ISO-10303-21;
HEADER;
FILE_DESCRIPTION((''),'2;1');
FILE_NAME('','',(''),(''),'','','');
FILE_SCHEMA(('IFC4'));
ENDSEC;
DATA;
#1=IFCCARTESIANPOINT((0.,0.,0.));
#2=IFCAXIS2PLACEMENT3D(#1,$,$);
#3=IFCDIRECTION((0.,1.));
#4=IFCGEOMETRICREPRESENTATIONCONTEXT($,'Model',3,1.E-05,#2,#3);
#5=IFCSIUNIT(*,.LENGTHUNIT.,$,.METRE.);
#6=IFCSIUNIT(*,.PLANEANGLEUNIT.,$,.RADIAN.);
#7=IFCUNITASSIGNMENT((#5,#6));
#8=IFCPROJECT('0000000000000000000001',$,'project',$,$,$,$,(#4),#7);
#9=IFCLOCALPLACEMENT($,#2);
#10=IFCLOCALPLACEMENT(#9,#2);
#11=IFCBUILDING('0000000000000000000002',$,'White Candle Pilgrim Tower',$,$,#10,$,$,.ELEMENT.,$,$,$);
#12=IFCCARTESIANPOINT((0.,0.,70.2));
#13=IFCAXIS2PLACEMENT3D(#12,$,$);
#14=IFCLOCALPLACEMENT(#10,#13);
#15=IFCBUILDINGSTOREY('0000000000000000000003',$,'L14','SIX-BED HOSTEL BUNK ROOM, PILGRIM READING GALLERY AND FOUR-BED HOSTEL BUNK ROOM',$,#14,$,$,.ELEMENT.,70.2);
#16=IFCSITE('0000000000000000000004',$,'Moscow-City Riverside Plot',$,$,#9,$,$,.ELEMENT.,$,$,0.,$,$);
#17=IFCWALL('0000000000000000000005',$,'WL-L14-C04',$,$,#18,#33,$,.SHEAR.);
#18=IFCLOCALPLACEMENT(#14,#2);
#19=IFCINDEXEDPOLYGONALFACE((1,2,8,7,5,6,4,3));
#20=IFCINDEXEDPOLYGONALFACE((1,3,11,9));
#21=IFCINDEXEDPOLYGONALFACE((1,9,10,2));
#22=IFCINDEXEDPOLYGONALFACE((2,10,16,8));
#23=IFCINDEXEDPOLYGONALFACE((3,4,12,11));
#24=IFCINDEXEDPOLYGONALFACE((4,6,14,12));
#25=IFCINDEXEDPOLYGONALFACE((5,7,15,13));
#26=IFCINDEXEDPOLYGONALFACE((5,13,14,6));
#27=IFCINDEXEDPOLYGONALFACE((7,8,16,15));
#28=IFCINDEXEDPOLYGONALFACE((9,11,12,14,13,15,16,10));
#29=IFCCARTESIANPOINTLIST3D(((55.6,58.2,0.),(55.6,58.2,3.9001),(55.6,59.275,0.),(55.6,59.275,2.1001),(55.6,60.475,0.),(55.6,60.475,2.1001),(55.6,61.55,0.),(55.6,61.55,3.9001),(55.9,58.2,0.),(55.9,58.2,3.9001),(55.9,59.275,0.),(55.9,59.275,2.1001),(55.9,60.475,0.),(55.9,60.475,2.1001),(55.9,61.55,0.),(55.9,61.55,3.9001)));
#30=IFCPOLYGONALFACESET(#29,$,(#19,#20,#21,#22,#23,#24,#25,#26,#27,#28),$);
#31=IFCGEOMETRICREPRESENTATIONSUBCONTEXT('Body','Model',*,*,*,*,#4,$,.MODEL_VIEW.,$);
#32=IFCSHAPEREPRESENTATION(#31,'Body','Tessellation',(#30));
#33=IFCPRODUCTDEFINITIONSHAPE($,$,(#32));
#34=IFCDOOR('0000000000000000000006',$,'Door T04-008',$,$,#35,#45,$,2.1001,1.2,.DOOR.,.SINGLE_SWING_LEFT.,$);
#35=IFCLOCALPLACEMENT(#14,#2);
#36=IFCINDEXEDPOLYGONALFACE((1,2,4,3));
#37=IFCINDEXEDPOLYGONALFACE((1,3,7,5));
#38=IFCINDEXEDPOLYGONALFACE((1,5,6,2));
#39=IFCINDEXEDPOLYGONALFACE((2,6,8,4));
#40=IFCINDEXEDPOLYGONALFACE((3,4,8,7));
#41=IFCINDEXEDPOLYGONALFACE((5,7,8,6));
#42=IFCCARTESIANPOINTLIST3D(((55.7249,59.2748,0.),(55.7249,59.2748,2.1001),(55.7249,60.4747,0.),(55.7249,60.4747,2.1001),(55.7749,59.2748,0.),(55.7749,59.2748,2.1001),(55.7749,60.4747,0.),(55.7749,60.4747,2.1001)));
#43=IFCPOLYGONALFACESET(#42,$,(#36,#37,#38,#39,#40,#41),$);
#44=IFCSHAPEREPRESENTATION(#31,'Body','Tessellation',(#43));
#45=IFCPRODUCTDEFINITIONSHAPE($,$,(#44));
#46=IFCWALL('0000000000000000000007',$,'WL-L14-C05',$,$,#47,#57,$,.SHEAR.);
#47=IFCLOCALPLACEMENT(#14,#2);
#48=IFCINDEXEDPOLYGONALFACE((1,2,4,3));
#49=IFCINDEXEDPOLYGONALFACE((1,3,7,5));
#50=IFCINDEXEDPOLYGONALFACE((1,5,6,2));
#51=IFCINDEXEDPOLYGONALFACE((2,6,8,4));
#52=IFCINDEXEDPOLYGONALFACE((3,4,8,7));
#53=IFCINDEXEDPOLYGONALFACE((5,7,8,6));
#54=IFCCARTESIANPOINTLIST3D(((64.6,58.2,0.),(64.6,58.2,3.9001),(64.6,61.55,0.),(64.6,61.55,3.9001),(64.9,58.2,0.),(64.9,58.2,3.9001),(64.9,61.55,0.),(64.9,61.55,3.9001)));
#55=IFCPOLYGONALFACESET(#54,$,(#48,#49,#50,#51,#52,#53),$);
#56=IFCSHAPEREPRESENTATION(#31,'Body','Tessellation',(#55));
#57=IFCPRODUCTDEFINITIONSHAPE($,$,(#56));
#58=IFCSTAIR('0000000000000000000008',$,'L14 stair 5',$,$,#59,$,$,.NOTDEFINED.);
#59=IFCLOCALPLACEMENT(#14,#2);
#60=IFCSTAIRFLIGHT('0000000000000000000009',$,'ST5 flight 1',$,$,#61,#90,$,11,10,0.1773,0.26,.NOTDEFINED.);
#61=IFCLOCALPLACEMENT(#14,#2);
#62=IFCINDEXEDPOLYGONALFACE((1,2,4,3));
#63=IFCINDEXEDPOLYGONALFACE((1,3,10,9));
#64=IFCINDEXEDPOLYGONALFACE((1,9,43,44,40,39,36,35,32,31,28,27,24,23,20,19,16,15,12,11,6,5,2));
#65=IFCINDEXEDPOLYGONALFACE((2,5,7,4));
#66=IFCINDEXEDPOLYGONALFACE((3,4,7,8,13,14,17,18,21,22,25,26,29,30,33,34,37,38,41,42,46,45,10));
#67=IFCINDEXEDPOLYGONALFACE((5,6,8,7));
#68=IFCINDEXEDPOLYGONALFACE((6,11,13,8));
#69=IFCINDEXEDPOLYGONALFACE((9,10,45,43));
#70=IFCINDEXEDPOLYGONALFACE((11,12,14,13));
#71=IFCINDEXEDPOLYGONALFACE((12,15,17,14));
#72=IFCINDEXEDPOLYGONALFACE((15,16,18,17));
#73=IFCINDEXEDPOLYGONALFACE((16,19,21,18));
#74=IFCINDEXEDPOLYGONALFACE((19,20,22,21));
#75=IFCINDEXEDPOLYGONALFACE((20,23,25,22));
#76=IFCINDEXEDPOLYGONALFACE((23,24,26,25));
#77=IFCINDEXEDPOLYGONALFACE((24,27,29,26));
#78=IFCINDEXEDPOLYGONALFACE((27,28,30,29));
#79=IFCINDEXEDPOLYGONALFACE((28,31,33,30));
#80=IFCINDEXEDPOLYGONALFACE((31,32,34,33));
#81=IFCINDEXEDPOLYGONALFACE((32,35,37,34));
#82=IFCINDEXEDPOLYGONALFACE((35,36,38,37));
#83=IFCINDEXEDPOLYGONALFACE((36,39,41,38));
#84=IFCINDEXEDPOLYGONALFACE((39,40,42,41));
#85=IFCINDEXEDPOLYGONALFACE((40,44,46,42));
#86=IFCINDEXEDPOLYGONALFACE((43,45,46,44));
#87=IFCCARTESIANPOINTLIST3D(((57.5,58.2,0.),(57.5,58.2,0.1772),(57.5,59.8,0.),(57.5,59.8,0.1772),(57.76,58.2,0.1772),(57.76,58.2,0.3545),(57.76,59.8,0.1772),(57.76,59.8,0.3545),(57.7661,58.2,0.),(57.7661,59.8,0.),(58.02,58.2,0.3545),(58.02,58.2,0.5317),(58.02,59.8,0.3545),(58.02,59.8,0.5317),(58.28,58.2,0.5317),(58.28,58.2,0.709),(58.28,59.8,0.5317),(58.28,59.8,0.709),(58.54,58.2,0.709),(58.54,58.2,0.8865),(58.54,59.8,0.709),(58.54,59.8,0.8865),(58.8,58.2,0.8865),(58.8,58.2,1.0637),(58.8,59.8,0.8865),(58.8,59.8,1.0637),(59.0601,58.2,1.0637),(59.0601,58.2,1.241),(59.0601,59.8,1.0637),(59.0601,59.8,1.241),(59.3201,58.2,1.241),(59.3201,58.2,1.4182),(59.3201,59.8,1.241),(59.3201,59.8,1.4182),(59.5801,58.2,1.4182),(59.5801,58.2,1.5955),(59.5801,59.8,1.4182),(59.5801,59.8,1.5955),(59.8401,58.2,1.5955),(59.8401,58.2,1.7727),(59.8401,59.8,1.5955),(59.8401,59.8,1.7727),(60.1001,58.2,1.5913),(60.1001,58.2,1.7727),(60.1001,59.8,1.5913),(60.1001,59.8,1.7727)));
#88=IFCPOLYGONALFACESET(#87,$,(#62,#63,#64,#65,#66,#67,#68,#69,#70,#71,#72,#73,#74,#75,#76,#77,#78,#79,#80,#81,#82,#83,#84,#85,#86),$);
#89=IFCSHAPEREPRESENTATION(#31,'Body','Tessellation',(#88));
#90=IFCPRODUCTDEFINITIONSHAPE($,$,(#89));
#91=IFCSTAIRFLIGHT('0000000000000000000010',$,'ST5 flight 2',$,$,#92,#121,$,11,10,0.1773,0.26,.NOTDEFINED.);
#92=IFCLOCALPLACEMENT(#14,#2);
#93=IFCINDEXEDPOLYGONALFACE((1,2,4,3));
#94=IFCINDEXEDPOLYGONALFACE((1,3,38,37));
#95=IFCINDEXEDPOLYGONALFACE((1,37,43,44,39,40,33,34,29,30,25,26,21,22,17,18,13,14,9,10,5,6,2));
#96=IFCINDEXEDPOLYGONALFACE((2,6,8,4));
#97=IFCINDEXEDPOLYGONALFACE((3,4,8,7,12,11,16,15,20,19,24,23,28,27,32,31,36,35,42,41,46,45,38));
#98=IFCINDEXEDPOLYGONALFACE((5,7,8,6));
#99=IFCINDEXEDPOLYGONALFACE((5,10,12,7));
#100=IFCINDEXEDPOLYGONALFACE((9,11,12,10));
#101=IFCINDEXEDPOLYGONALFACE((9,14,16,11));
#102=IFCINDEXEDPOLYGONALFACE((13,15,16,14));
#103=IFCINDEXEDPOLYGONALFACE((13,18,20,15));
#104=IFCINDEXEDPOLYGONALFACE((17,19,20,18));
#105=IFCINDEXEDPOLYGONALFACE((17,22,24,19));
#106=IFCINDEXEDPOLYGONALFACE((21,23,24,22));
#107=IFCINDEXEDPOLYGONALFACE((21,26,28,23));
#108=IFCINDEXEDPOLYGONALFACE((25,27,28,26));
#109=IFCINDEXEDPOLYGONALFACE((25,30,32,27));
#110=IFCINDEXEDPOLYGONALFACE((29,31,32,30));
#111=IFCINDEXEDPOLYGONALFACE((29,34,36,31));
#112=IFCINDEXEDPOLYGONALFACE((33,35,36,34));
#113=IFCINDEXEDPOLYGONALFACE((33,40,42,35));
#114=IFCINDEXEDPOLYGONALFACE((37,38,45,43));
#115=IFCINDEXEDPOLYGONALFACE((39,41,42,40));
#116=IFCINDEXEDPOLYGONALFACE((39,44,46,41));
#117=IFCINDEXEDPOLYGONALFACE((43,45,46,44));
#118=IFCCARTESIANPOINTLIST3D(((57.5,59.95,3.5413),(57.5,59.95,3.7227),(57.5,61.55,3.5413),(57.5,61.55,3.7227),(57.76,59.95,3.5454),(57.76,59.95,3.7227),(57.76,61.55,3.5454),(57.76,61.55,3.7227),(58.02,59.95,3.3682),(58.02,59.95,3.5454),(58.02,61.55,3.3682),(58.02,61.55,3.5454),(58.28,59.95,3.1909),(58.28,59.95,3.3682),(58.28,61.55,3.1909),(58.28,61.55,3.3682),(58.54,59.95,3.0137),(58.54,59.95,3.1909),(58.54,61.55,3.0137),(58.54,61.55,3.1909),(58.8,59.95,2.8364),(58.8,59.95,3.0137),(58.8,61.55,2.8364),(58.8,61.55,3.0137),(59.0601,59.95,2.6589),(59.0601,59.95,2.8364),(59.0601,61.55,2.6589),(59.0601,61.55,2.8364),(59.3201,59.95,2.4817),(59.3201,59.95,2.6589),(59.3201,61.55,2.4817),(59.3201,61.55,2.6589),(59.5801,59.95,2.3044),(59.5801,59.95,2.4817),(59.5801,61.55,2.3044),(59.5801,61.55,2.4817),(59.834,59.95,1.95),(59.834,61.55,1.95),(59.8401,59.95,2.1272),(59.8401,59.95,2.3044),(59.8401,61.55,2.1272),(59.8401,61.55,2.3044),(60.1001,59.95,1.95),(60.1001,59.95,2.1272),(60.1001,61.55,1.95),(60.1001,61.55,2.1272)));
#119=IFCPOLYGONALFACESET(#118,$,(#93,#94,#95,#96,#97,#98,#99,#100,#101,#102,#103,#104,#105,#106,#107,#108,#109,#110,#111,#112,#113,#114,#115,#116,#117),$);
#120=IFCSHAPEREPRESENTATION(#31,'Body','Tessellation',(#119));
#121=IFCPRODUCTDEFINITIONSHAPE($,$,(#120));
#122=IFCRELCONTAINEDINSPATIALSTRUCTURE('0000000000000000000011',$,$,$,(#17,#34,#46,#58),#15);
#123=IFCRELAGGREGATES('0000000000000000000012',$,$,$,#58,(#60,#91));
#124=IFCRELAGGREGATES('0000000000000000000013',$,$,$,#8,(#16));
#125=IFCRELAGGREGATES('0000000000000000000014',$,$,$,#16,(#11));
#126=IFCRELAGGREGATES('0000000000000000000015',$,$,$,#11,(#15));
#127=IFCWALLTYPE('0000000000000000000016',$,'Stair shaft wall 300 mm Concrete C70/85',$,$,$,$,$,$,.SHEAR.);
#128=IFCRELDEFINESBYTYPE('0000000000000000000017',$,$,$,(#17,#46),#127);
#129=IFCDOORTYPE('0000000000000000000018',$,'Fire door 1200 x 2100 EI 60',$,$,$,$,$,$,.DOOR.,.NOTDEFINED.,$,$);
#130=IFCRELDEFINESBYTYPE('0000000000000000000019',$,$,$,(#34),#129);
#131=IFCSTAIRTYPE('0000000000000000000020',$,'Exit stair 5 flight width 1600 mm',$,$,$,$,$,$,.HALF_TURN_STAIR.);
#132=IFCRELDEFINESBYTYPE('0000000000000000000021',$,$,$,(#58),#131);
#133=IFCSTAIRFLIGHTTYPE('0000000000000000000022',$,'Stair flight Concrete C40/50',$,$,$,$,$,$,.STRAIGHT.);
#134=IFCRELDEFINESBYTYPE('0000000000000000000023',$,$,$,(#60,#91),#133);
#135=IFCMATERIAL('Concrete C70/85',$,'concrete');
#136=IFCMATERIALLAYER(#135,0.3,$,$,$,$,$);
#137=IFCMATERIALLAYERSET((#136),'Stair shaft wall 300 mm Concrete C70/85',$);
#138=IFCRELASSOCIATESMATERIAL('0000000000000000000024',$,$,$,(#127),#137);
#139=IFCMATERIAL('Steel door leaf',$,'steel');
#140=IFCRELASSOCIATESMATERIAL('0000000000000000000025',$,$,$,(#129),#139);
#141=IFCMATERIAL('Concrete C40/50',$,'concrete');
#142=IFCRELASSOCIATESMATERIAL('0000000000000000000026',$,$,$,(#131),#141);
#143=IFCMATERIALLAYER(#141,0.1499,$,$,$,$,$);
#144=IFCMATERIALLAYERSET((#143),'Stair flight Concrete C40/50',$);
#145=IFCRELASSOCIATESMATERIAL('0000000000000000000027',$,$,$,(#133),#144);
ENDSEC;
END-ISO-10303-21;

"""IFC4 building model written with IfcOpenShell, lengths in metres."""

from ifc_helpers import new_model, si_unit, direction, frame, frame_2d, origin, place, context, subcontext, project, spatial, polyline, rectangle, outline, extrude, material, layer, layer_set, type_object, element, fill, aggregate, save


model = new_model("IFC4")

# Units and contexts
model_context = context("Model", 3, precision=1e-05, world=origin(), true_north=direction((0.0, 1.0)))
body_context = subcontext(model_context, "Body", "Model", "MODEL_VIEW")
ifc_project = project(units=[si_unit("LENGTHUNIT", "METRE"), si_unit("PLANEANGLEUNIT", "RADIAN")], contexts=[model_context])

# Site, building, storey
site_placement = place(None, origin())
site = spatial("IfcSite", under=ifc_project, at=site_placement, Name="Moscow-City Riverside Plot", CompositionType="ELEMENT", RefElevation=0.0)
building_placement = place(site_placement, origin())
building = spatial("IfcBuilding", under=site, at=building_placement, Name="White Candle Pilgrim Tower", CompositionType="ELEMENT")
storey_placement = place(building_placement, frame((0.0, 0.0, 70.2)))
storey = spatial("IfcBuildingStorey", under=building, at=storey_placement, Name="L14", Description="SIX-BED HOSTEL BUNK ROOM, PILGRIM READING GALLERY AND FOUR-BED HOSTEL BUNK ROOM", CompositionType="ELEMENT", Elevation=70.2)

# Shared definitions
ifc_material_1 = material(Name="Concrete C70/85", Category="concrete")

# Shared definitions
ifc_material_2 = material(Name="Steel door leaf", Category="steel")

# Wall, opening, door
ifc_layer_1 = layer(ifc_material_1, 0.3)
ifc_layer_set_1 = layer_set([ifc_layer_1], Name="Stair shaft wall 300 mm Concrete C70/85")
wall_type_1 = type_object("IfcWallType", Name="Stair shaft wall 300 mm Concrete C70/85", PredefinedType="SHEAR", material=ifc_layer_set_1)
wall_1_placement = place(storey_placement, frame((55.75, 58.2, 0.0), z_axis=(0.0, 0.0, 1.0), x_axis=(0.0, 1.0, 0.0)))
wall_1 = element("IfcWall", 1, at=wall_1_placement, inside=storey, type_object=wall_type_1, Name="WL-L14-C04", PredefinedType="SHEAR", context=body_context, shape_type="SweptSolid", body=[
    extrude(rectangle(XDim=3.3501, YDim=0.3, at=frame_2d((1.675, 0.0))), origin(), (0.0, 0.0, 1.0), 3.9001),
])
opening_1_placement = place(wall_1_placement, frame((1.075, 0.0, 0.0)))
opening_1 = element("IfcOpeningElement", 2, at=opening_1_placement, cuts=wall_1, PredefinedType="OPENING", context=body_context, shape_type="SweptSolid", body=[
    extrude(rectangle(XDim=1.2, YDim=2.1001, at=frame_2d((0.6001, 1.05))), frame((0.0, 0.1599, 0.0), z_axis=(0.0, -1.0, 0.0), x_axis=(1.0, 0.0, 0.0)), (0.0, 0.0, 1.0), 0.3201),
])
door_type_1 = type_object("IfcDoorType", Name="Fire door 1200 x 2100 EI 60", OperationType="NOTDEFINED", PredefinedType="DOOR", material=ifc_material_2)
door_1_placement = place(opening_1_placement, frame((1.2, 0.0, 0.0), z_axis=(0.0, 0.0, 1.0), x_axis=(-1.0, 0.0, 0.0)))
door_1 = element("IfcDoor", 3, at=door_1_placement, inside=storey, type_object=door_type_1, Name="Door T04-008", OperationType="SINGLE_SWING_LEFT", OverallHeight=2.1001, OverallWidth=1.2, PredefinedType="DOOR", context=body_context, shape_type="SweptSolid", body=[
    extrude(rectangle(XDim=1.2, YDim=2.1001, at=frame_2d((0.6001, 1.05))), frame((0.0, 0.0249, 0.0), z_axis=(0.0, -1.0, 0.0), x_axis=(1.0, 0.0, 0.0)), (0.0, 0.0, 1.0), 0.05),
])
fill(opening_1, door_1)

# Wall
wall_2_placement = place(storey_placement, frame((64.75, 58.2, 0.0), z_axis=(0.0, 0.0, 1.0), x_axis=(0.0, 1.0, 0.0)))
element("IfcWall", 4, at=wall_2_placement, inside=storey, type_object=wall_type_1, Name="WL-L14-C05", PredefinedType="SHEAR", context=body_context, shape_type="SweptSolid", body=[
    extrude(rectangle(XDim=3.3501, YDim=0.3, at=frame_2d((1.675, 0.0))), origin(), (0.0, 0.0, 1.0), 3.9001),
])

# Stair, stair flights
ifc_material_3 = material(Name="Concrete C40/50", Category="concrete")
stair_type = type_object("IfcStairType", Name="Exit stair 5 flight width 1600 mm", PredefinedType="HALF_TURN_STAIR", material=ifc_material_3)
stair_placement = place(storey_placement, origin())
stair = element("IfcStair", 5, at=stair_placement, inside=storey, type_object=stair_type, Name="L14 stair 5", PredefinedType="NOTDEFINED")
ifc_layer_2 = layer(ifc_material_3, 0.1499)
ifc_layer_set_2 = layer_set([ifc_layer_2], Name="Stair flight Concrete C40/50")
stair_flight_type = type_object("IfcStairFlightType", Name="Stair flight Concrete C40/50", PredefinedType="STRAIGHT", material=ifc_layer_set_2)
stair_flight_1_placement = place(storey_placement, frame((57.5, 59.0, 0.0), z_axis=(0.0, 0.0, 1.0), x_axis=(1.0, 0.0, 0.0)))
stair_flight_1 = element("IfcStairFlight", 6, at=stair_flight_1_placement, type_object=stair_flight_type, Name="ST5 flight 1", NumberOfRisers=11, NumberOfTreads=10, PredefinedType="NOTDEFINED", RiserHeight=0.1773, TreadLength=0.26, context=body_context, shape_type="SweptSolid", body=[
    extrude(outline(polyline([(0.0, 0.0), (0.0, 0.1772), (0.26, 0.1772), (0.26, 0.3545), (0.52, 0.3545), (0.52, 0.5317), (0.78, 0.5317), (0.78, 0.709), (1.04, 0.709), (1.04, 0.8865), (1.3, 0.8865), (1.3, 1.0637), (1.5601, 1.0637), (1.5601, 1.241), (1.8201, 1.241), (1.8201, 1.4182), (2.0801, 1.4182), (2.0801, 1.5955), (2.3401, 1.5955), (2.3401, 1.7727), (2.6001, 1.7727), (2.6001, 1.95), (2.6001, 1.5913), (0.2661, 0.0), (0.0, 0.0)])), frame((0.0, 0.8, 0.0), z_axis=(0.0, -1.0, 0.0), x_axis=(1.0, 0.0, 0.0)), (0.0, 0.0, 1.0), 1.6001),
])
stair_flight_2_placement = place(storey_placement, frame((60.1001, 60.75, 1.95), z_axis=(0.0, 0.0, 1.0), x_axis=(-1.0, 0.0, 0.0)))
stair_flight_2 = element("IfcStairFlight", 7, at=stair_flight_2_placement, type_object=stair_flight_type, Name="ST5 flight 2", NumberOfRisers=11, NumberOfTreads=10, PredefinedType="NOTDEFINED", RiserHeight=0.1773, TreadLength=0.26, context=body_context, shape_type="SweptSolid", body=[
    extrude(outline(polyline([(0.0, 0.0), (0.0, 0.1772), (0.26, 0.1772), (0.26, 0.3545), (0.52, 0.3545), (0.52, 0.5317), (0.78, 0.5317), (0.78, 0.709), (1.04, 0.709), (1.04, 0.8865), (1.3, 0.8865), (1.3, 1.0637), (1.5601, 1.0637), (1.5601, 1.241), (1.8201, 1.241), (1.8201, 1.4182), (2.0801, 1.4182), (2.0801, 1.5955), (2.3401, 1.5955), (2.3401, 1.7727), (2.6001, 1.7727), (2.6001, 1.95), (2.6001, 1.5913), (0.2661, 0.0), (0.0, 0.0)])), frame((0.0, 0.8, 0.0), z_axis=(0.0, -1.0, 0.0), x_axis=(1.0, 0.0, 0.0)), (0.0, 0.0, 1.0), 1.6001),
])
aggregate(stair, [stair_flight_1, stair_flight_2])

save(model, "model.ifc")
